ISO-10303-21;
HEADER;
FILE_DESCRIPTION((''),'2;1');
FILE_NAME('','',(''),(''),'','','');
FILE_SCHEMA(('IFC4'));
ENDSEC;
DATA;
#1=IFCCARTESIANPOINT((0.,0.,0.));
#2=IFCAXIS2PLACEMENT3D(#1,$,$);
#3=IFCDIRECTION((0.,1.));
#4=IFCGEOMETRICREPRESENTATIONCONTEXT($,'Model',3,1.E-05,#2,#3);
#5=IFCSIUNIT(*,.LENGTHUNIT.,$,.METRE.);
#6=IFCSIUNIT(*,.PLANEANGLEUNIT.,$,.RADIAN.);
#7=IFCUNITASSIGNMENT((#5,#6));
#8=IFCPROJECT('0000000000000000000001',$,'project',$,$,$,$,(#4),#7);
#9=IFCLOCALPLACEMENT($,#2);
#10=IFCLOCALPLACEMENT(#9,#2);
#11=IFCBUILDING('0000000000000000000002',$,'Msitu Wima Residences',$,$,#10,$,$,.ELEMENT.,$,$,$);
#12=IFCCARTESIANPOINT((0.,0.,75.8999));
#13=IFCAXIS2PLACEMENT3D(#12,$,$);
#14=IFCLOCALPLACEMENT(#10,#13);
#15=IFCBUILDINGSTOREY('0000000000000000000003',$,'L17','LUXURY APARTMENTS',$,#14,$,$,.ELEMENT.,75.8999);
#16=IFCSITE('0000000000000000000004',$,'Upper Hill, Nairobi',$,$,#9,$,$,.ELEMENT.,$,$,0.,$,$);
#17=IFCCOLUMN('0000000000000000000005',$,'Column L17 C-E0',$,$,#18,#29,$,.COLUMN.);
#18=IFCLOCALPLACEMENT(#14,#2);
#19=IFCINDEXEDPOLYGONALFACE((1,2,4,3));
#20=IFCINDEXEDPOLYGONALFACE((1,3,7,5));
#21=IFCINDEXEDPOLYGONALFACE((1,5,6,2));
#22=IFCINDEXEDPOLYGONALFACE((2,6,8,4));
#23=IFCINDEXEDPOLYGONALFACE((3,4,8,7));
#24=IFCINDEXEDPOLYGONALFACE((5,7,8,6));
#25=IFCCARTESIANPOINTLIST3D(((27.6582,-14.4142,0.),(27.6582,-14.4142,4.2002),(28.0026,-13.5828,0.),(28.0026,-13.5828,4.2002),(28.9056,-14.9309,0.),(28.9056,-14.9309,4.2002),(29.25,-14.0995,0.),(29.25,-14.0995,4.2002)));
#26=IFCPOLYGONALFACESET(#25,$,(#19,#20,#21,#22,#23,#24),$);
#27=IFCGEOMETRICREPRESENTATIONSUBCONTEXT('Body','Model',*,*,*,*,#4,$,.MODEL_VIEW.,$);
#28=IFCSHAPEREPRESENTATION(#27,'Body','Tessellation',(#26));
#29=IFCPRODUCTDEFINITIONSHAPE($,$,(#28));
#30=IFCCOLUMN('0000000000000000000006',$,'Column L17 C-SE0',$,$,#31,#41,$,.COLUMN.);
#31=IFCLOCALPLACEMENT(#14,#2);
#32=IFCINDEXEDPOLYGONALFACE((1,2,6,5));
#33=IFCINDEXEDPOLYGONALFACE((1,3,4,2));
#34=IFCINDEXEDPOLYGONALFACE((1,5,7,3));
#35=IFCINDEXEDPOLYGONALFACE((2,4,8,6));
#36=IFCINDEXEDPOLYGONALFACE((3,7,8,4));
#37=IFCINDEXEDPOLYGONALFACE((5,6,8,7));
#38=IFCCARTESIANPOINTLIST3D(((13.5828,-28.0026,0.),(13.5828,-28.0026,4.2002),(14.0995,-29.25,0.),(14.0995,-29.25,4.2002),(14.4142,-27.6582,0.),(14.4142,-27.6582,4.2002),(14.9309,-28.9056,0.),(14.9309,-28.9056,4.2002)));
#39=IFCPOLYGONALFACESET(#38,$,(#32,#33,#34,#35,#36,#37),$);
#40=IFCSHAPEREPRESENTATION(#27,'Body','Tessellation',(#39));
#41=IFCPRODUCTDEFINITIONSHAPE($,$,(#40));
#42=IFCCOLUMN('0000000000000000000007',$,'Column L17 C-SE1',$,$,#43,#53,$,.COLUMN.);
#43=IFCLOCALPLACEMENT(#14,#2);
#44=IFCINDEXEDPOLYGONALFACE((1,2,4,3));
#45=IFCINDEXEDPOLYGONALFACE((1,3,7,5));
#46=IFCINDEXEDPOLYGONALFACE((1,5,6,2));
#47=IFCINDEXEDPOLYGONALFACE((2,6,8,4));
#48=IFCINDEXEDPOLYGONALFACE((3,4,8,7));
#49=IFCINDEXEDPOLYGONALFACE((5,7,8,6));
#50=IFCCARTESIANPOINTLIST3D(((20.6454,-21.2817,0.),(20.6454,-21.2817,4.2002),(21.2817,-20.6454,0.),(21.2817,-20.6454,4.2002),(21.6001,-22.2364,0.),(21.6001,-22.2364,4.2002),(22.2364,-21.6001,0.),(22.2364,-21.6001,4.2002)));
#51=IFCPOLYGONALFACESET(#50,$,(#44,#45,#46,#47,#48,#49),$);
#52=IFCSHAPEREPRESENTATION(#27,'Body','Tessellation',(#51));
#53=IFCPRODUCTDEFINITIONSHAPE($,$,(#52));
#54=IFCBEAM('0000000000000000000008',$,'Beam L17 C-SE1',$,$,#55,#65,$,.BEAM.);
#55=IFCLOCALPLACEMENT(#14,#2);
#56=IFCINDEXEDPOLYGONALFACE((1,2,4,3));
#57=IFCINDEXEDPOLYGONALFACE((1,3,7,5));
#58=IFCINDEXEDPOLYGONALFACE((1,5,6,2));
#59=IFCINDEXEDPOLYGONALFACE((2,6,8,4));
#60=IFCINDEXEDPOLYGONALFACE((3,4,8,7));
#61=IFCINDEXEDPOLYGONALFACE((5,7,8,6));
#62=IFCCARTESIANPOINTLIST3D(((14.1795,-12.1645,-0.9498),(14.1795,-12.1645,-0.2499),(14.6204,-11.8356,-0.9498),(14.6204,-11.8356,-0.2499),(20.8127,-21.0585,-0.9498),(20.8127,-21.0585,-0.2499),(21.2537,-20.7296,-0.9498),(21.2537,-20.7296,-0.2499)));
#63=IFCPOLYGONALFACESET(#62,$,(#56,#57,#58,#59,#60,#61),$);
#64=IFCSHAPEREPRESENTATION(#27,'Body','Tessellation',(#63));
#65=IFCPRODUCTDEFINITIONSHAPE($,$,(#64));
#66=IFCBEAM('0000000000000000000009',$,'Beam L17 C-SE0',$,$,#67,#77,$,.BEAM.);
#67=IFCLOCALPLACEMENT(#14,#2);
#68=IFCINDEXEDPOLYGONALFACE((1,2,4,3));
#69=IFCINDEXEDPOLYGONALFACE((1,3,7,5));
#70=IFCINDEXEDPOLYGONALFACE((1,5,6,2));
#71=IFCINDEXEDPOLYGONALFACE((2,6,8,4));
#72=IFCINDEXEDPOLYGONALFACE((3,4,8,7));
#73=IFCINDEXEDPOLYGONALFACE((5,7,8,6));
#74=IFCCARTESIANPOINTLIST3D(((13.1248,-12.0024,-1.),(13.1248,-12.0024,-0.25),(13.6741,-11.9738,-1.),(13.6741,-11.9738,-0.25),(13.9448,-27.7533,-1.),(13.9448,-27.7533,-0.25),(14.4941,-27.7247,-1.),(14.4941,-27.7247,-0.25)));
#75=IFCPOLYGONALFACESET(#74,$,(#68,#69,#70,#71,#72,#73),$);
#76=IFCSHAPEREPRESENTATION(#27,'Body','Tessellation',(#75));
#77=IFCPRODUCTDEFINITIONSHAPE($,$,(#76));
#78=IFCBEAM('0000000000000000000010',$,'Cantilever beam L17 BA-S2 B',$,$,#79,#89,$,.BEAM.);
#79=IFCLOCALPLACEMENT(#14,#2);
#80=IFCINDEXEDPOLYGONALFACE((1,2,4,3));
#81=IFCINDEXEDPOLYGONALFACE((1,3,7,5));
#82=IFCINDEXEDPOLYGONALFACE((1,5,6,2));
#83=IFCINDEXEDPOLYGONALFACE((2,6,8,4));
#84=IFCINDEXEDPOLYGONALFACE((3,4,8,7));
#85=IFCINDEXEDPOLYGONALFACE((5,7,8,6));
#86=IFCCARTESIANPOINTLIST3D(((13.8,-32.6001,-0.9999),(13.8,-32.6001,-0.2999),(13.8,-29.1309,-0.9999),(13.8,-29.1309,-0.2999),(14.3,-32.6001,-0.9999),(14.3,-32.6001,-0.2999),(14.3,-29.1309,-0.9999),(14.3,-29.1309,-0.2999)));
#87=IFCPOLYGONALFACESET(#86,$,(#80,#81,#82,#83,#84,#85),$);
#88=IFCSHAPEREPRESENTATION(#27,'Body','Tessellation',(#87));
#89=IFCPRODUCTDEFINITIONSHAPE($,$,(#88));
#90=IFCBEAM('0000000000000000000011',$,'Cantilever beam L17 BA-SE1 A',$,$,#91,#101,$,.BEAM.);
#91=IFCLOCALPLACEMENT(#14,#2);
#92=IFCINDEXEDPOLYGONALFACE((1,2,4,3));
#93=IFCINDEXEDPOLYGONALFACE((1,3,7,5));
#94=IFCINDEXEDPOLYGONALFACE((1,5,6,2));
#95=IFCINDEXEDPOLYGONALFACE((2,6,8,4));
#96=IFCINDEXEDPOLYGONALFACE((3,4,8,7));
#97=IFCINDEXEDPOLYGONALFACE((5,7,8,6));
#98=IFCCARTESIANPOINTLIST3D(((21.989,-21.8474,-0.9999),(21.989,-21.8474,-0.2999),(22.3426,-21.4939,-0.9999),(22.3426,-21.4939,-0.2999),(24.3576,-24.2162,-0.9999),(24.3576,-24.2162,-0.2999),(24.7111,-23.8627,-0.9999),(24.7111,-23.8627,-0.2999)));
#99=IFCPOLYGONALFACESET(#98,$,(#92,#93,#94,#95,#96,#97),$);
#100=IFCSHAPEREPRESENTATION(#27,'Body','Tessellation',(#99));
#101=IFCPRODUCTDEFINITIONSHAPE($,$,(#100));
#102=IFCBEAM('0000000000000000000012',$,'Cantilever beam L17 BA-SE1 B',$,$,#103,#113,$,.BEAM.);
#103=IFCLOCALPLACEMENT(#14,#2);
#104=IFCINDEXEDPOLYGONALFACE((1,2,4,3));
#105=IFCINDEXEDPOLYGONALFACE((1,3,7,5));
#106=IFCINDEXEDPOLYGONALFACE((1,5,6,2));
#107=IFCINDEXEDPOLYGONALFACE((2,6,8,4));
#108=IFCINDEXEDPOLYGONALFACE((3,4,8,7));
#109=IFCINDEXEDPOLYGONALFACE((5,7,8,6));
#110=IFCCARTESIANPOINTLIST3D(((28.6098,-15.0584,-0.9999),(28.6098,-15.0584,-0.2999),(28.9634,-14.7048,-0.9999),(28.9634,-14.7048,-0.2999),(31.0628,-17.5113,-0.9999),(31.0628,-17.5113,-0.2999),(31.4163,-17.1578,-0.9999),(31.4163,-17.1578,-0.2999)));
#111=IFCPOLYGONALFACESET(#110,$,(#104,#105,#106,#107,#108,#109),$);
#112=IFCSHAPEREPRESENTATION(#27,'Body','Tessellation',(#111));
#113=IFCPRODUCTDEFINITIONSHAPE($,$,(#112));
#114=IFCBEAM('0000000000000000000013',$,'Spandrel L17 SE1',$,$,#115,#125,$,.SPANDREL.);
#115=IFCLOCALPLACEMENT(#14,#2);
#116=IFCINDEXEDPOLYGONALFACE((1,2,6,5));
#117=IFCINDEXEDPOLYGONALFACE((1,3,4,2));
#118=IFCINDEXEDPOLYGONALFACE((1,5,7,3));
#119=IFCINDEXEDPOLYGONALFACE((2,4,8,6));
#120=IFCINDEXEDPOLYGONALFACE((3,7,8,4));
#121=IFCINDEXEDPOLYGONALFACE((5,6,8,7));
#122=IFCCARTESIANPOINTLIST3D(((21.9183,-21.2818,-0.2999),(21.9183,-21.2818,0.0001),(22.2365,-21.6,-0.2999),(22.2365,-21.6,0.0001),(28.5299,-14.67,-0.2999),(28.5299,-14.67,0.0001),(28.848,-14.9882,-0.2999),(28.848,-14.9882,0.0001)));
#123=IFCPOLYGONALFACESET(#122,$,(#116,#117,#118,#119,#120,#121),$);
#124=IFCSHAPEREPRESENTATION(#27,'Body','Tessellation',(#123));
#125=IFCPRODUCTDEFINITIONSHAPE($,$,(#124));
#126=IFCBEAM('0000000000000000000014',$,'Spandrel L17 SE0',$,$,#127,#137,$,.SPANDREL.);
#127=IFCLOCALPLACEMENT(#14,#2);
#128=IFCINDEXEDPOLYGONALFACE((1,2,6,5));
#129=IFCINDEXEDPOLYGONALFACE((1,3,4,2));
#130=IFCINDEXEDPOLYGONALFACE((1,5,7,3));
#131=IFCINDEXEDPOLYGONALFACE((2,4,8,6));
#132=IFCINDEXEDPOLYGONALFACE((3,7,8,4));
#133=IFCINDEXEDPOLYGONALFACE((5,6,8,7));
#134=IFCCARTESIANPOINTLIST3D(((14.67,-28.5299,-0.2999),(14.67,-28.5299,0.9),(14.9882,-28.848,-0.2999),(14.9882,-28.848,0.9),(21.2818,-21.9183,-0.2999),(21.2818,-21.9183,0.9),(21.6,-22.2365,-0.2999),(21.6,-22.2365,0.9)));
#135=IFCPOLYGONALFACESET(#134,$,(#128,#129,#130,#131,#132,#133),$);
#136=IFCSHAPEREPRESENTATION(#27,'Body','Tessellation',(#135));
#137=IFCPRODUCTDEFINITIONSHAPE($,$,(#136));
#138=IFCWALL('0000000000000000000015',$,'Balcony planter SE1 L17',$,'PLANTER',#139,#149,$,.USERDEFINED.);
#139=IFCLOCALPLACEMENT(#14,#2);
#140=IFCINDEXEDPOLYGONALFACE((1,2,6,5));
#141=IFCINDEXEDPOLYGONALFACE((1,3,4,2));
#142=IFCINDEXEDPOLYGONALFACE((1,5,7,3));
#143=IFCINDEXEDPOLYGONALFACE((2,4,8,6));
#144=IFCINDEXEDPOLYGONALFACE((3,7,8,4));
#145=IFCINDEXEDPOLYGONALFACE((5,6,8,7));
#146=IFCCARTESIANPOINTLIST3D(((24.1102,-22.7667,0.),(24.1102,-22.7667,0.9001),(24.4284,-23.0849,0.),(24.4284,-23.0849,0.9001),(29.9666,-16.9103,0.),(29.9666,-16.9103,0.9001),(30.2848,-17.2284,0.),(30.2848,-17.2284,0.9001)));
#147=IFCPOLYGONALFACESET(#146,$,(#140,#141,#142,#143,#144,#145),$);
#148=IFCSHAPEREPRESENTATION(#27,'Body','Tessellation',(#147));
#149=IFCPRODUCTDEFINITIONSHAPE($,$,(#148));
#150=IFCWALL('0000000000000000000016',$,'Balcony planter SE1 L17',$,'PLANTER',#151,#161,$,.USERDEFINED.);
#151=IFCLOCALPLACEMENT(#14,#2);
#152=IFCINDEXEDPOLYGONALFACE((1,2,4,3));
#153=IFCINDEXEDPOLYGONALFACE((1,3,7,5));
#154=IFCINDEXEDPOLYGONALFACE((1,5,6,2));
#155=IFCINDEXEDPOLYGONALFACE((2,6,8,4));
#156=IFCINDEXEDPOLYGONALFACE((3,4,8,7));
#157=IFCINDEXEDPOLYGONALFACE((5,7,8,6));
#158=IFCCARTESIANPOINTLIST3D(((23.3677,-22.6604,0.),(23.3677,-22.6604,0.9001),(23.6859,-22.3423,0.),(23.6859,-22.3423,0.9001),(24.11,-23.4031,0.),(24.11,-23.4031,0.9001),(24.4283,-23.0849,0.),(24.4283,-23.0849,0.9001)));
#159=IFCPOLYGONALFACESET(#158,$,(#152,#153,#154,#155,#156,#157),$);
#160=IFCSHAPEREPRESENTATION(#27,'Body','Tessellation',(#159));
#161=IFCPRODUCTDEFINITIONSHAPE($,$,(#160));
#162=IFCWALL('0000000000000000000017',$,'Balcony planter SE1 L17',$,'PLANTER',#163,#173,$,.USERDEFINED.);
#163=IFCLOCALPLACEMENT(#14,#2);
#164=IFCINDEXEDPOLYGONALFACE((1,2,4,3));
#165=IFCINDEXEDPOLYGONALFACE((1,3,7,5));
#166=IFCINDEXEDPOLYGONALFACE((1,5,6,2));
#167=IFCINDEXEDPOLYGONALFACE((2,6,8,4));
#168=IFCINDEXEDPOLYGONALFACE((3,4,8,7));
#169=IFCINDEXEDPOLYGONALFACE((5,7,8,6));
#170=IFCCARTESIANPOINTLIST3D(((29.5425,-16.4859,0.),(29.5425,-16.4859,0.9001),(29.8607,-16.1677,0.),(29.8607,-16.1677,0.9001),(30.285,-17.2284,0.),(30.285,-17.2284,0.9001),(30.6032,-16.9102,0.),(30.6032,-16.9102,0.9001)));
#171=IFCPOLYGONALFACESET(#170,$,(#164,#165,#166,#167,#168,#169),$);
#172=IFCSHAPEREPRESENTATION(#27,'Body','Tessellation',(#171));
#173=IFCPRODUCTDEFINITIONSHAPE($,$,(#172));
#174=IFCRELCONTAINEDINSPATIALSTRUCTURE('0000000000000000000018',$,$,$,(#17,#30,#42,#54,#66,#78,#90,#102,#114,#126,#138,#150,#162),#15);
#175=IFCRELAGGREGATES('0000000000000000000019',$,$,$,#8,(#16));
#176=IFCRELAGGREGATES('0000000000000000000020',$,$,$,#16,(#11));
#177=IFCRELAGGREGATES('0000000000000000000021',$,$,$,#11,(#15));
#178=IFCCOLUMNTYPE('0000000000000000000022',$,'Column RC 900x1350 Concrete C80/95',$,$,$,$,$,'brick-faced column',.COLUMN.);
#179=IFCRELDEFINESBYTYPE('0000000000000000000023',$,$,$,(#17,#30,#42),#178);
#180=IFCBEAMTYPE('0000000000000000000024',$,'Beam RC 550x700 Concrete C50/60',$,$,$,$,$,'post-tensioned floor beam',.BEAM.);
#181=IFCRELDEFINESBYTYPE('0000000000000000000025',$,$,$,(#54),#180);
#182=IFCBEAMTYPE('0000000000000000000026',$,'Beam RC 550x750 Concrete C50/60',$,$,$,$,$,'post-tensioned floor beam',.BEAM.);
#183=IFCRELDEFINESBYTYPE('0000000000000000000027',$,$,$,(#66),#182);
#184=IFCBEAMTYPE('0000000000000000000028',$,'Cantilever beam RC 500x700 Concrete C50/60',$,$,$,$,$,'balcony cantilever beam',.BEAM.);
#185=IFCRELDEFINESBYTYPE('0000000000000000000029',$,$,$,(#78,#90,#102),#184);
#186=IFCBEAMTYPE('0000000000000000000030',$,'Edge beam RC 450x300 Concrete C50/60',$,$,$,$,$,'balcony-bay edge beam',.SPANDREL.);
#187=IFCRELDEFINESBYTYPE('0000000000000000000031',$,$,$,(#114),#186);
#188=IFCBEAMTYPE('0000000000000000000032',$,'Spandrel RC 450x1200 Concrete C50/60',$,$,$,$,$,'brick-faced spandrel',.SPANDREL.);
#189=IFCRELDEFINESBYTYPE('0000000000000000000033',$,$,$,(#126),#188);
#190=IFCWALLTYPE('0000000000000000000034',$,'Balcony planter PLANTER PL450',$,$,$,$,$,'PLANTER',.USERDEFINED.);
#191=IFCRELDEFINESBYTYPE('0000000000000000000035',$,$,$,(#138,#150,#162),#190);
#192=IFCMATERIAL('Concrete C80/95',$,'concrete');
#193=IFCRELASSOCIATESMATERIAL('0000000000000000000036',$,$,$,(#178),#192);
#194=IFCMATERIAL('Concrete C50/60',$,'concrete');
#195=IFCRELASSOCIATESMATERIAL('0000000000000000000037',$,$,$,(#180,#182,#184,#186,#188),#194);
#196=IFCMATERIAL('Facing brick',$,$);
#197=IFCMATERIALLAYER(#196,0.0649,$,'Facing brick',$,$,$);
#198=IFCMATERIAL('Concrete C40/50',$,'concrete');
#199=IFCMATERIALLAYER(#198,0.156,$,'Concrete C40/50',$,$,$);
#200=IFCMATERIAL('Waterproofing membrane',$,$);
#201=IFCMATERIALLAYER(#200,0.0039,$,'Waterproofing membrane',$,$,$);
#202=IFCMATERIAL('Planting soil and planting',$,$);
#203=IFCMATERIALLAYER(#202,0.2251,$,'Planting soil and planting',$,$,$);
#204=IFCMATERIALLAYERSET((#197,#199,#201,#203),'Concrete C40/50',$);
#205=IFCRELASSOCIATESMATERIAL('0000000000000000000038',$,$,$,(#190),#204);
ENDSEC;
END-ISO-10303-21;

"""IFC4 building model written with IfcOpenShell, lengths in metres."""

from ifc_helpers import new_model, si_unit, direction, frame, frame_2d, origin, origin_2d, place, context, subcontext, project, spatial, rectangle, extrude, material, layer, layer_set, material_profile, profile_set, type_object, element, save


model = new_model("IFC4")

# Units and contexts
model_context = context("Model", 3, precision=1e-05, world=origin(), true_north=direction((0.0, 1.0)))
body_context = subcontext(model_context, "Body", "Model", "MODEL_VIEW")
ifc_project = project(units=[si_unit("LENGTHUNIT", "METRE"), si_unit("PLANEANGLEUNIT", "RADIAN")], contexts=[model_context])

# Site, building, storey
site_placement = place(None, origin())
site = spatial("IfcSite", under=ifc_project, at=site_placement, Name="Upper Hill, Nairobi", CompositionType="ELEMENT", RefElevation=0.0)
building_placement = place(site_placement, origin())
building = spatial("IfcBuilding", under=site, at=building_placement, Name="Msitu Wima Residences", CompositionType="ELEMENT")
storey_placement = place(building_placement, frame((0.0, 0.0, 75.8999)))
storey = spatial("IfcBuildingStorey", under=building, at=storey_placement, Name="L17", Description="LUXURY APARTMENTS", CompositionType="ELEMENT", Elevation=75.8999)

# Columns
ifc_material_1 = material(Name="Concrete C80/95", Category="concrete")
ifc_material_profile_1 = material_profile(ifc_material_1, rectangle(XDim=0.8999, YDim=1.3501, at=origin_2d()), Name="RC 900x1350")
ifc_profile_set_1 = profile_set([ifc_material_profile_1], Name="Concrete C80/95")
column_type = type_object("IfcColumnType", Name="Column RC 900x1350 Concrete C80/95", ElementType="brick-faced column", PredefinedType="COLUMN", material=ifc_profile_set_1)
for number, where, z_axis, x_axis, name in (
    (1, (28.4541, -14.2568, 0.0), (0.0, 0.0, 1.0), (0.382683, 0.92388, 0.0), "Column L17 C-E0"),
    (2, (14.2568, -28.4541, 0.0), (0.0, 0.0, 1.0), (0.92388, 0.382683, 0.0), "Column L17 C-SE0"),
    (3, (21.4409, -21.4409, 0.0), (0.0, 0.0, 1.0), (0.707107, 0.707107, 0.0), "Column L17 C-SE1"),
):
    element("IfcColumn", number, at=place(storey_placement, frame(where, z_axis=z_axis, x_axis=x_axis)), inside=storey, type_object=column_type, Name=name, PredefinedType="COLUMN", context=body_context, shape_type="SweptSolid", body=[
        extrude(rectangle(XDim=0.8999, YDim=1.3501, at=origin_2d()), origin(), (0.0, 0.0, 1.0), 4.2002),
    ])

# Beams
ifc_material_2 = material(Name="Concrete C50/60", Category="concrete")
ifc_material_profile_2 = material_profile(ifc_material_2, rectangle(XDim=0.55, YDim=0.7, at=origin_2d()), Name="RC 550x700")
ifc_profile_set_2 = profile_set([ifc_material_profile_2], Name="Concrete C50/60")
beam_type_1 = type_object("IfcBeamType", Name="Beam RC 550x700 Concrete C50/60", ElementType="post-tensioned floor beam", PredefinedType="BEAM", material=ifc_profile_set_2)
beam_1_placement = place(storey_placement, frame((21.0332, -20.894, -0.5999), z_axis=(-0.59785, 0.801608, 0.0), x_axis=(-0.801608, -0.59785, 0.0)))
element("IfcBeam", 4, at=beam_1_placement, inside=storey, type_object=beam_type_1, Name="Beam L17 C-SE1", PredefinedType="BEAM", context=body_context, shape_type="SweptSolid", body=[
    extrude(rectangle(XDim=0.55, YDim=0.7, at=origin_2d()), origin(), (0.0, 0.0, 1.0), 11.0952),
])
ifc_material_profile_3 = material_profile(ifc_material_2, rectangle(XDim=0.55, YDim=0.75, at=origin_2d()), Name="RC 550x750")
ifc_profile_set_3 = profile_set([ifc_material_profile_3], Name="Concrete C50/60")
beam_type_2 = type_object("IfcBeamType", Name="Beam RC 550x750 Concrete C50/60", ElementType="post-tensioned floor beam", PredefinedType="BEAM", material=ifc_profile_set_3)
beam_2_placement = place(storey_placement, frame((14.2195, -27.739, -0.625), z_axis=(-0.051994, 0.998647, 0.0), x_axis=(-0.998647, -0.051994, 0.0)))
element("IfcBeam", 5, at=beam_2_placement, inside=storey, type_object=beam_type_2, Name="Beam L17 C-SE0", PredefinedType="BEAM", context=body_context, shape_type="SweptSolid", body=[
    extrude(rectangle(XDim=0.55, YDim=0.75, at=origin_2d()), origin(), (0.0, 0.0, 1.0), 15.7722),
])
ifc_material_profile_4 = material_profile(ifc_material_2, rectangle(XDim=0.5, YDim=0.7, at=origin_2d()), Name="RC 500x700")
ifc_profile_set_4 = profile_set([ifc_material_profile_4], Name="Concrete C50/60")
beam_type_3 = type_object("IfcBeamType", Name="Cantilever beam RC 500x700 Concrete C50/60", ElementType="balcony cantilever beam", PredefinedType="BEAM", material=ifc_profile_set_4)
beam_3_placement = place(storey_placement, frame((14.05, -29.1309, -0.6499), z_axis=(0.0, -1.0, 0.0), x_axis=(1.0, 0.0, 0.0)))
element("IfcBeam", 6, at=beam_3_placement, inside=storey, type_object=beam_type_3, Name="Cantilever beam L17 BA-S2 B", PredefinedType="BEAM", context=body_context, shape_type="SweptSolid", body=[
    extrude(rectangle(XDim=0.5, YDim=0.7, at=origin_2d()), origin(), (0.0, 0.0, 1.0), 3.4692),
])
beam_4_placement = place(storey_placement, frame((22.1658, -21.6707, -0.6499), z_axis=(0.70707, -0.707143, 0.0), x_axis=(0.707143, 0.70707, 0.0)))
element("IfcBeam", 7, at=beam_4_placement, inside=storey, type_object=beam_type_3, Name="Cantilever beam L17 BA-SE1 A", PredefinedType="BEAM", context=body_context, shape_type="SweptSolid", body=[
    extrude(rectangle(XDim=0.5, YDim=0.7, at=origin_2d()), origin(), (0.0, 0.0, 1.0), 3.3499),
])
beam_5_placement = place(storey_placement, frame((28.7866, -14.8816, -0.6499), z_axis=(0.707107, -0.707107, 0.0), x_axis=(0.707107, 0.707107, 0.0)))
element("IfcBeam", 8, at=beam_5_placement, inside=storey, type_object=beam_type_3, Name="Cantilever beam L17 BA-SE1 B", PredefinedType="BEAM", context=body_context, shape_type="SweptSolid", body=[
    extrude(rectangle(XDim=0.5, YDim=0.7, at=origin_2d()), origin(), (0.0, 0.0, 1.0), 3.469),
])
ifc_material_profile_5 = material_profile(ifc_material_2, rectangle(XDim=0.45, YDim=0.3, at=origin_2d()), Name="RC 450x300")
ifc_profile_set_5 = profile_set([ifc_material_profile_5], Name="Concrete C50/60")
beam_type_4 = type_object("IfcBeamType", Name="Edge beam RC 450x300 Concrete C50/60", ElementType="balcony-bay edge beam", PredefinedType="SPANDREL", material=ifc_profile_set_5)
beam_6_placement = place(storey_placement, frame((22.0774, -21.4409, -0.1499), z_axis=(0.707094, 0.70712, 0.0), x_axis=(-0.70712, 0.707094, 0.0)))
element("IfcBeam", 9, at=beam_6_placement, inside=storey, type_object=beam_type_4, Name="Spandrel L17 SE1", PredefinedType="SPANDREL", context=body_context, shape_type="SweptSolid", body=[
    extrude(rectangle(XDim=0.45, YDim=0.3, at=origin_2d()), origin(), (0.0, 0.0, 1.0), 9.3503),
])
ifc_material_profile_6 = material_profile(ifc_material_2, rectangle(XDim=0.45, YDim=1.2, at=origin_2d()), Name="RC 450x1200")
ifc_profile_set_6 = profile_set([ifc_material_profile_6], Name="Concrete C50/60")
beam_type_5 = type_object("IfcBeamType", Name="Spandrel RC 450x1200 Concrete C50/60", ElementType="brick-faced spandrel", PredefinedType="SPANDREL", material=ifc_profile_set_6)
beam_7_placement = place(storey_placement, frame((14.8291, -28.689, 0.3), z_axis=(0.70712, 0.707094, 0.0), x_axis=(-0.707094, 0.70712, 0.0)))
element("IfcBeam", 10, at=beam_7_placement, inside=storey, type_object=beam_type_5, Name="Spandrel L17 SE0", PredefinedType="SPANDREL", context=body_context, shape_type="SweptSolid", body=[
    extrude(rectangle(XDim=0.45, YDim=1.2, at=origin_2d()), origin(), (0.0, 0.0, 1.0), 9.3503),
])

# Walls
ifc_material_3 = material(Name="Facing brick")
ifc_layer_1 = layer(ifc_material_3, 0.0649, Name="Facing brick")
ifc_material_4 = material(Name="Concrete C40/50", Category="concrete")
ifc_layer_2 = layer(ifc_material_4, 0.156, Name="Concrete C40/50")
ifc_material_5 = material(Name="Waterproofing membrane")
ifc_layer_3 = layer(ifc_material_5, 0.0039, Name="Waterproofing membrane")
ifc_material_6 = material(Name="Planting soil and planting")
ifc_layer_4 = layer(ifc_material_6, 0.2251, Name="Planting soil and planting")
ifc_layer_set_1 = layer_set([ifc_layer_1, ifc_layer_2, ifc_layer_3, ifc_layer_4], Name="Concrete C40/50")
wall_type_1 = type_object("IfcWallType", Name="Balcony planter PLANTER PL450", ElementType="PLANTER", PredefinedType="USERDEFINED", material=ifc_layer_set_1)
wall_1_placement = place(storey_placement, frame((24.2693, -22.9258, 0.0), z_axis=(0.0, 0.0, 1.0), x_axis=(0.707107, 0.707107, 0.0)))
element("IfcWall", 11, at=wall_1_placement, inside=storey, type_object=wall_type_1, Name="Balcony planter SE1 L17", ObjectType="PLANTER", PredefinedType="USERDEFINED", context=body_context, shape_type="SweptSolid", body=[
    extrude(rectangle(XDim=8.2822, YDim=0.45, at=frame_2d((4.1411, 0.0))), origin(), (0.0, 0.0, 1.0), 0.9001),
])
for number, where, z_axis, x_axis, name in (
    (12, (23.5269, -22.5015, 0.0), (0.0, 0.0, 1.0), (0.706991, -0.707223, 0.0), "Balcony planter SE1 L17"),
    (13, (29.7017, -16.3269, 0.0), (0.0, 0.0, 1.0), (0.707107, -0.707107, 0.0), "Balcony planter SE1 L17"),
):
    element("IfcWall", number, at=place(storey_placement, frame(where, z_axis=z_axis, x_axis=x_axis)), inside=storey, type_object=wall_type_1, Name=name, ObjectType="PLANTER", PredefinedType="USERDEFINED", context=body_context, shape_type="SweptSolid", body=[
        extrude(rectangle(XDim=1.05, YDim=0.45, at=frame_2d((0.5249, 0.0))), origin(), (0.0, 0.0, 1.0), 0.9001),
    ])

save(model, "model.ifc")
